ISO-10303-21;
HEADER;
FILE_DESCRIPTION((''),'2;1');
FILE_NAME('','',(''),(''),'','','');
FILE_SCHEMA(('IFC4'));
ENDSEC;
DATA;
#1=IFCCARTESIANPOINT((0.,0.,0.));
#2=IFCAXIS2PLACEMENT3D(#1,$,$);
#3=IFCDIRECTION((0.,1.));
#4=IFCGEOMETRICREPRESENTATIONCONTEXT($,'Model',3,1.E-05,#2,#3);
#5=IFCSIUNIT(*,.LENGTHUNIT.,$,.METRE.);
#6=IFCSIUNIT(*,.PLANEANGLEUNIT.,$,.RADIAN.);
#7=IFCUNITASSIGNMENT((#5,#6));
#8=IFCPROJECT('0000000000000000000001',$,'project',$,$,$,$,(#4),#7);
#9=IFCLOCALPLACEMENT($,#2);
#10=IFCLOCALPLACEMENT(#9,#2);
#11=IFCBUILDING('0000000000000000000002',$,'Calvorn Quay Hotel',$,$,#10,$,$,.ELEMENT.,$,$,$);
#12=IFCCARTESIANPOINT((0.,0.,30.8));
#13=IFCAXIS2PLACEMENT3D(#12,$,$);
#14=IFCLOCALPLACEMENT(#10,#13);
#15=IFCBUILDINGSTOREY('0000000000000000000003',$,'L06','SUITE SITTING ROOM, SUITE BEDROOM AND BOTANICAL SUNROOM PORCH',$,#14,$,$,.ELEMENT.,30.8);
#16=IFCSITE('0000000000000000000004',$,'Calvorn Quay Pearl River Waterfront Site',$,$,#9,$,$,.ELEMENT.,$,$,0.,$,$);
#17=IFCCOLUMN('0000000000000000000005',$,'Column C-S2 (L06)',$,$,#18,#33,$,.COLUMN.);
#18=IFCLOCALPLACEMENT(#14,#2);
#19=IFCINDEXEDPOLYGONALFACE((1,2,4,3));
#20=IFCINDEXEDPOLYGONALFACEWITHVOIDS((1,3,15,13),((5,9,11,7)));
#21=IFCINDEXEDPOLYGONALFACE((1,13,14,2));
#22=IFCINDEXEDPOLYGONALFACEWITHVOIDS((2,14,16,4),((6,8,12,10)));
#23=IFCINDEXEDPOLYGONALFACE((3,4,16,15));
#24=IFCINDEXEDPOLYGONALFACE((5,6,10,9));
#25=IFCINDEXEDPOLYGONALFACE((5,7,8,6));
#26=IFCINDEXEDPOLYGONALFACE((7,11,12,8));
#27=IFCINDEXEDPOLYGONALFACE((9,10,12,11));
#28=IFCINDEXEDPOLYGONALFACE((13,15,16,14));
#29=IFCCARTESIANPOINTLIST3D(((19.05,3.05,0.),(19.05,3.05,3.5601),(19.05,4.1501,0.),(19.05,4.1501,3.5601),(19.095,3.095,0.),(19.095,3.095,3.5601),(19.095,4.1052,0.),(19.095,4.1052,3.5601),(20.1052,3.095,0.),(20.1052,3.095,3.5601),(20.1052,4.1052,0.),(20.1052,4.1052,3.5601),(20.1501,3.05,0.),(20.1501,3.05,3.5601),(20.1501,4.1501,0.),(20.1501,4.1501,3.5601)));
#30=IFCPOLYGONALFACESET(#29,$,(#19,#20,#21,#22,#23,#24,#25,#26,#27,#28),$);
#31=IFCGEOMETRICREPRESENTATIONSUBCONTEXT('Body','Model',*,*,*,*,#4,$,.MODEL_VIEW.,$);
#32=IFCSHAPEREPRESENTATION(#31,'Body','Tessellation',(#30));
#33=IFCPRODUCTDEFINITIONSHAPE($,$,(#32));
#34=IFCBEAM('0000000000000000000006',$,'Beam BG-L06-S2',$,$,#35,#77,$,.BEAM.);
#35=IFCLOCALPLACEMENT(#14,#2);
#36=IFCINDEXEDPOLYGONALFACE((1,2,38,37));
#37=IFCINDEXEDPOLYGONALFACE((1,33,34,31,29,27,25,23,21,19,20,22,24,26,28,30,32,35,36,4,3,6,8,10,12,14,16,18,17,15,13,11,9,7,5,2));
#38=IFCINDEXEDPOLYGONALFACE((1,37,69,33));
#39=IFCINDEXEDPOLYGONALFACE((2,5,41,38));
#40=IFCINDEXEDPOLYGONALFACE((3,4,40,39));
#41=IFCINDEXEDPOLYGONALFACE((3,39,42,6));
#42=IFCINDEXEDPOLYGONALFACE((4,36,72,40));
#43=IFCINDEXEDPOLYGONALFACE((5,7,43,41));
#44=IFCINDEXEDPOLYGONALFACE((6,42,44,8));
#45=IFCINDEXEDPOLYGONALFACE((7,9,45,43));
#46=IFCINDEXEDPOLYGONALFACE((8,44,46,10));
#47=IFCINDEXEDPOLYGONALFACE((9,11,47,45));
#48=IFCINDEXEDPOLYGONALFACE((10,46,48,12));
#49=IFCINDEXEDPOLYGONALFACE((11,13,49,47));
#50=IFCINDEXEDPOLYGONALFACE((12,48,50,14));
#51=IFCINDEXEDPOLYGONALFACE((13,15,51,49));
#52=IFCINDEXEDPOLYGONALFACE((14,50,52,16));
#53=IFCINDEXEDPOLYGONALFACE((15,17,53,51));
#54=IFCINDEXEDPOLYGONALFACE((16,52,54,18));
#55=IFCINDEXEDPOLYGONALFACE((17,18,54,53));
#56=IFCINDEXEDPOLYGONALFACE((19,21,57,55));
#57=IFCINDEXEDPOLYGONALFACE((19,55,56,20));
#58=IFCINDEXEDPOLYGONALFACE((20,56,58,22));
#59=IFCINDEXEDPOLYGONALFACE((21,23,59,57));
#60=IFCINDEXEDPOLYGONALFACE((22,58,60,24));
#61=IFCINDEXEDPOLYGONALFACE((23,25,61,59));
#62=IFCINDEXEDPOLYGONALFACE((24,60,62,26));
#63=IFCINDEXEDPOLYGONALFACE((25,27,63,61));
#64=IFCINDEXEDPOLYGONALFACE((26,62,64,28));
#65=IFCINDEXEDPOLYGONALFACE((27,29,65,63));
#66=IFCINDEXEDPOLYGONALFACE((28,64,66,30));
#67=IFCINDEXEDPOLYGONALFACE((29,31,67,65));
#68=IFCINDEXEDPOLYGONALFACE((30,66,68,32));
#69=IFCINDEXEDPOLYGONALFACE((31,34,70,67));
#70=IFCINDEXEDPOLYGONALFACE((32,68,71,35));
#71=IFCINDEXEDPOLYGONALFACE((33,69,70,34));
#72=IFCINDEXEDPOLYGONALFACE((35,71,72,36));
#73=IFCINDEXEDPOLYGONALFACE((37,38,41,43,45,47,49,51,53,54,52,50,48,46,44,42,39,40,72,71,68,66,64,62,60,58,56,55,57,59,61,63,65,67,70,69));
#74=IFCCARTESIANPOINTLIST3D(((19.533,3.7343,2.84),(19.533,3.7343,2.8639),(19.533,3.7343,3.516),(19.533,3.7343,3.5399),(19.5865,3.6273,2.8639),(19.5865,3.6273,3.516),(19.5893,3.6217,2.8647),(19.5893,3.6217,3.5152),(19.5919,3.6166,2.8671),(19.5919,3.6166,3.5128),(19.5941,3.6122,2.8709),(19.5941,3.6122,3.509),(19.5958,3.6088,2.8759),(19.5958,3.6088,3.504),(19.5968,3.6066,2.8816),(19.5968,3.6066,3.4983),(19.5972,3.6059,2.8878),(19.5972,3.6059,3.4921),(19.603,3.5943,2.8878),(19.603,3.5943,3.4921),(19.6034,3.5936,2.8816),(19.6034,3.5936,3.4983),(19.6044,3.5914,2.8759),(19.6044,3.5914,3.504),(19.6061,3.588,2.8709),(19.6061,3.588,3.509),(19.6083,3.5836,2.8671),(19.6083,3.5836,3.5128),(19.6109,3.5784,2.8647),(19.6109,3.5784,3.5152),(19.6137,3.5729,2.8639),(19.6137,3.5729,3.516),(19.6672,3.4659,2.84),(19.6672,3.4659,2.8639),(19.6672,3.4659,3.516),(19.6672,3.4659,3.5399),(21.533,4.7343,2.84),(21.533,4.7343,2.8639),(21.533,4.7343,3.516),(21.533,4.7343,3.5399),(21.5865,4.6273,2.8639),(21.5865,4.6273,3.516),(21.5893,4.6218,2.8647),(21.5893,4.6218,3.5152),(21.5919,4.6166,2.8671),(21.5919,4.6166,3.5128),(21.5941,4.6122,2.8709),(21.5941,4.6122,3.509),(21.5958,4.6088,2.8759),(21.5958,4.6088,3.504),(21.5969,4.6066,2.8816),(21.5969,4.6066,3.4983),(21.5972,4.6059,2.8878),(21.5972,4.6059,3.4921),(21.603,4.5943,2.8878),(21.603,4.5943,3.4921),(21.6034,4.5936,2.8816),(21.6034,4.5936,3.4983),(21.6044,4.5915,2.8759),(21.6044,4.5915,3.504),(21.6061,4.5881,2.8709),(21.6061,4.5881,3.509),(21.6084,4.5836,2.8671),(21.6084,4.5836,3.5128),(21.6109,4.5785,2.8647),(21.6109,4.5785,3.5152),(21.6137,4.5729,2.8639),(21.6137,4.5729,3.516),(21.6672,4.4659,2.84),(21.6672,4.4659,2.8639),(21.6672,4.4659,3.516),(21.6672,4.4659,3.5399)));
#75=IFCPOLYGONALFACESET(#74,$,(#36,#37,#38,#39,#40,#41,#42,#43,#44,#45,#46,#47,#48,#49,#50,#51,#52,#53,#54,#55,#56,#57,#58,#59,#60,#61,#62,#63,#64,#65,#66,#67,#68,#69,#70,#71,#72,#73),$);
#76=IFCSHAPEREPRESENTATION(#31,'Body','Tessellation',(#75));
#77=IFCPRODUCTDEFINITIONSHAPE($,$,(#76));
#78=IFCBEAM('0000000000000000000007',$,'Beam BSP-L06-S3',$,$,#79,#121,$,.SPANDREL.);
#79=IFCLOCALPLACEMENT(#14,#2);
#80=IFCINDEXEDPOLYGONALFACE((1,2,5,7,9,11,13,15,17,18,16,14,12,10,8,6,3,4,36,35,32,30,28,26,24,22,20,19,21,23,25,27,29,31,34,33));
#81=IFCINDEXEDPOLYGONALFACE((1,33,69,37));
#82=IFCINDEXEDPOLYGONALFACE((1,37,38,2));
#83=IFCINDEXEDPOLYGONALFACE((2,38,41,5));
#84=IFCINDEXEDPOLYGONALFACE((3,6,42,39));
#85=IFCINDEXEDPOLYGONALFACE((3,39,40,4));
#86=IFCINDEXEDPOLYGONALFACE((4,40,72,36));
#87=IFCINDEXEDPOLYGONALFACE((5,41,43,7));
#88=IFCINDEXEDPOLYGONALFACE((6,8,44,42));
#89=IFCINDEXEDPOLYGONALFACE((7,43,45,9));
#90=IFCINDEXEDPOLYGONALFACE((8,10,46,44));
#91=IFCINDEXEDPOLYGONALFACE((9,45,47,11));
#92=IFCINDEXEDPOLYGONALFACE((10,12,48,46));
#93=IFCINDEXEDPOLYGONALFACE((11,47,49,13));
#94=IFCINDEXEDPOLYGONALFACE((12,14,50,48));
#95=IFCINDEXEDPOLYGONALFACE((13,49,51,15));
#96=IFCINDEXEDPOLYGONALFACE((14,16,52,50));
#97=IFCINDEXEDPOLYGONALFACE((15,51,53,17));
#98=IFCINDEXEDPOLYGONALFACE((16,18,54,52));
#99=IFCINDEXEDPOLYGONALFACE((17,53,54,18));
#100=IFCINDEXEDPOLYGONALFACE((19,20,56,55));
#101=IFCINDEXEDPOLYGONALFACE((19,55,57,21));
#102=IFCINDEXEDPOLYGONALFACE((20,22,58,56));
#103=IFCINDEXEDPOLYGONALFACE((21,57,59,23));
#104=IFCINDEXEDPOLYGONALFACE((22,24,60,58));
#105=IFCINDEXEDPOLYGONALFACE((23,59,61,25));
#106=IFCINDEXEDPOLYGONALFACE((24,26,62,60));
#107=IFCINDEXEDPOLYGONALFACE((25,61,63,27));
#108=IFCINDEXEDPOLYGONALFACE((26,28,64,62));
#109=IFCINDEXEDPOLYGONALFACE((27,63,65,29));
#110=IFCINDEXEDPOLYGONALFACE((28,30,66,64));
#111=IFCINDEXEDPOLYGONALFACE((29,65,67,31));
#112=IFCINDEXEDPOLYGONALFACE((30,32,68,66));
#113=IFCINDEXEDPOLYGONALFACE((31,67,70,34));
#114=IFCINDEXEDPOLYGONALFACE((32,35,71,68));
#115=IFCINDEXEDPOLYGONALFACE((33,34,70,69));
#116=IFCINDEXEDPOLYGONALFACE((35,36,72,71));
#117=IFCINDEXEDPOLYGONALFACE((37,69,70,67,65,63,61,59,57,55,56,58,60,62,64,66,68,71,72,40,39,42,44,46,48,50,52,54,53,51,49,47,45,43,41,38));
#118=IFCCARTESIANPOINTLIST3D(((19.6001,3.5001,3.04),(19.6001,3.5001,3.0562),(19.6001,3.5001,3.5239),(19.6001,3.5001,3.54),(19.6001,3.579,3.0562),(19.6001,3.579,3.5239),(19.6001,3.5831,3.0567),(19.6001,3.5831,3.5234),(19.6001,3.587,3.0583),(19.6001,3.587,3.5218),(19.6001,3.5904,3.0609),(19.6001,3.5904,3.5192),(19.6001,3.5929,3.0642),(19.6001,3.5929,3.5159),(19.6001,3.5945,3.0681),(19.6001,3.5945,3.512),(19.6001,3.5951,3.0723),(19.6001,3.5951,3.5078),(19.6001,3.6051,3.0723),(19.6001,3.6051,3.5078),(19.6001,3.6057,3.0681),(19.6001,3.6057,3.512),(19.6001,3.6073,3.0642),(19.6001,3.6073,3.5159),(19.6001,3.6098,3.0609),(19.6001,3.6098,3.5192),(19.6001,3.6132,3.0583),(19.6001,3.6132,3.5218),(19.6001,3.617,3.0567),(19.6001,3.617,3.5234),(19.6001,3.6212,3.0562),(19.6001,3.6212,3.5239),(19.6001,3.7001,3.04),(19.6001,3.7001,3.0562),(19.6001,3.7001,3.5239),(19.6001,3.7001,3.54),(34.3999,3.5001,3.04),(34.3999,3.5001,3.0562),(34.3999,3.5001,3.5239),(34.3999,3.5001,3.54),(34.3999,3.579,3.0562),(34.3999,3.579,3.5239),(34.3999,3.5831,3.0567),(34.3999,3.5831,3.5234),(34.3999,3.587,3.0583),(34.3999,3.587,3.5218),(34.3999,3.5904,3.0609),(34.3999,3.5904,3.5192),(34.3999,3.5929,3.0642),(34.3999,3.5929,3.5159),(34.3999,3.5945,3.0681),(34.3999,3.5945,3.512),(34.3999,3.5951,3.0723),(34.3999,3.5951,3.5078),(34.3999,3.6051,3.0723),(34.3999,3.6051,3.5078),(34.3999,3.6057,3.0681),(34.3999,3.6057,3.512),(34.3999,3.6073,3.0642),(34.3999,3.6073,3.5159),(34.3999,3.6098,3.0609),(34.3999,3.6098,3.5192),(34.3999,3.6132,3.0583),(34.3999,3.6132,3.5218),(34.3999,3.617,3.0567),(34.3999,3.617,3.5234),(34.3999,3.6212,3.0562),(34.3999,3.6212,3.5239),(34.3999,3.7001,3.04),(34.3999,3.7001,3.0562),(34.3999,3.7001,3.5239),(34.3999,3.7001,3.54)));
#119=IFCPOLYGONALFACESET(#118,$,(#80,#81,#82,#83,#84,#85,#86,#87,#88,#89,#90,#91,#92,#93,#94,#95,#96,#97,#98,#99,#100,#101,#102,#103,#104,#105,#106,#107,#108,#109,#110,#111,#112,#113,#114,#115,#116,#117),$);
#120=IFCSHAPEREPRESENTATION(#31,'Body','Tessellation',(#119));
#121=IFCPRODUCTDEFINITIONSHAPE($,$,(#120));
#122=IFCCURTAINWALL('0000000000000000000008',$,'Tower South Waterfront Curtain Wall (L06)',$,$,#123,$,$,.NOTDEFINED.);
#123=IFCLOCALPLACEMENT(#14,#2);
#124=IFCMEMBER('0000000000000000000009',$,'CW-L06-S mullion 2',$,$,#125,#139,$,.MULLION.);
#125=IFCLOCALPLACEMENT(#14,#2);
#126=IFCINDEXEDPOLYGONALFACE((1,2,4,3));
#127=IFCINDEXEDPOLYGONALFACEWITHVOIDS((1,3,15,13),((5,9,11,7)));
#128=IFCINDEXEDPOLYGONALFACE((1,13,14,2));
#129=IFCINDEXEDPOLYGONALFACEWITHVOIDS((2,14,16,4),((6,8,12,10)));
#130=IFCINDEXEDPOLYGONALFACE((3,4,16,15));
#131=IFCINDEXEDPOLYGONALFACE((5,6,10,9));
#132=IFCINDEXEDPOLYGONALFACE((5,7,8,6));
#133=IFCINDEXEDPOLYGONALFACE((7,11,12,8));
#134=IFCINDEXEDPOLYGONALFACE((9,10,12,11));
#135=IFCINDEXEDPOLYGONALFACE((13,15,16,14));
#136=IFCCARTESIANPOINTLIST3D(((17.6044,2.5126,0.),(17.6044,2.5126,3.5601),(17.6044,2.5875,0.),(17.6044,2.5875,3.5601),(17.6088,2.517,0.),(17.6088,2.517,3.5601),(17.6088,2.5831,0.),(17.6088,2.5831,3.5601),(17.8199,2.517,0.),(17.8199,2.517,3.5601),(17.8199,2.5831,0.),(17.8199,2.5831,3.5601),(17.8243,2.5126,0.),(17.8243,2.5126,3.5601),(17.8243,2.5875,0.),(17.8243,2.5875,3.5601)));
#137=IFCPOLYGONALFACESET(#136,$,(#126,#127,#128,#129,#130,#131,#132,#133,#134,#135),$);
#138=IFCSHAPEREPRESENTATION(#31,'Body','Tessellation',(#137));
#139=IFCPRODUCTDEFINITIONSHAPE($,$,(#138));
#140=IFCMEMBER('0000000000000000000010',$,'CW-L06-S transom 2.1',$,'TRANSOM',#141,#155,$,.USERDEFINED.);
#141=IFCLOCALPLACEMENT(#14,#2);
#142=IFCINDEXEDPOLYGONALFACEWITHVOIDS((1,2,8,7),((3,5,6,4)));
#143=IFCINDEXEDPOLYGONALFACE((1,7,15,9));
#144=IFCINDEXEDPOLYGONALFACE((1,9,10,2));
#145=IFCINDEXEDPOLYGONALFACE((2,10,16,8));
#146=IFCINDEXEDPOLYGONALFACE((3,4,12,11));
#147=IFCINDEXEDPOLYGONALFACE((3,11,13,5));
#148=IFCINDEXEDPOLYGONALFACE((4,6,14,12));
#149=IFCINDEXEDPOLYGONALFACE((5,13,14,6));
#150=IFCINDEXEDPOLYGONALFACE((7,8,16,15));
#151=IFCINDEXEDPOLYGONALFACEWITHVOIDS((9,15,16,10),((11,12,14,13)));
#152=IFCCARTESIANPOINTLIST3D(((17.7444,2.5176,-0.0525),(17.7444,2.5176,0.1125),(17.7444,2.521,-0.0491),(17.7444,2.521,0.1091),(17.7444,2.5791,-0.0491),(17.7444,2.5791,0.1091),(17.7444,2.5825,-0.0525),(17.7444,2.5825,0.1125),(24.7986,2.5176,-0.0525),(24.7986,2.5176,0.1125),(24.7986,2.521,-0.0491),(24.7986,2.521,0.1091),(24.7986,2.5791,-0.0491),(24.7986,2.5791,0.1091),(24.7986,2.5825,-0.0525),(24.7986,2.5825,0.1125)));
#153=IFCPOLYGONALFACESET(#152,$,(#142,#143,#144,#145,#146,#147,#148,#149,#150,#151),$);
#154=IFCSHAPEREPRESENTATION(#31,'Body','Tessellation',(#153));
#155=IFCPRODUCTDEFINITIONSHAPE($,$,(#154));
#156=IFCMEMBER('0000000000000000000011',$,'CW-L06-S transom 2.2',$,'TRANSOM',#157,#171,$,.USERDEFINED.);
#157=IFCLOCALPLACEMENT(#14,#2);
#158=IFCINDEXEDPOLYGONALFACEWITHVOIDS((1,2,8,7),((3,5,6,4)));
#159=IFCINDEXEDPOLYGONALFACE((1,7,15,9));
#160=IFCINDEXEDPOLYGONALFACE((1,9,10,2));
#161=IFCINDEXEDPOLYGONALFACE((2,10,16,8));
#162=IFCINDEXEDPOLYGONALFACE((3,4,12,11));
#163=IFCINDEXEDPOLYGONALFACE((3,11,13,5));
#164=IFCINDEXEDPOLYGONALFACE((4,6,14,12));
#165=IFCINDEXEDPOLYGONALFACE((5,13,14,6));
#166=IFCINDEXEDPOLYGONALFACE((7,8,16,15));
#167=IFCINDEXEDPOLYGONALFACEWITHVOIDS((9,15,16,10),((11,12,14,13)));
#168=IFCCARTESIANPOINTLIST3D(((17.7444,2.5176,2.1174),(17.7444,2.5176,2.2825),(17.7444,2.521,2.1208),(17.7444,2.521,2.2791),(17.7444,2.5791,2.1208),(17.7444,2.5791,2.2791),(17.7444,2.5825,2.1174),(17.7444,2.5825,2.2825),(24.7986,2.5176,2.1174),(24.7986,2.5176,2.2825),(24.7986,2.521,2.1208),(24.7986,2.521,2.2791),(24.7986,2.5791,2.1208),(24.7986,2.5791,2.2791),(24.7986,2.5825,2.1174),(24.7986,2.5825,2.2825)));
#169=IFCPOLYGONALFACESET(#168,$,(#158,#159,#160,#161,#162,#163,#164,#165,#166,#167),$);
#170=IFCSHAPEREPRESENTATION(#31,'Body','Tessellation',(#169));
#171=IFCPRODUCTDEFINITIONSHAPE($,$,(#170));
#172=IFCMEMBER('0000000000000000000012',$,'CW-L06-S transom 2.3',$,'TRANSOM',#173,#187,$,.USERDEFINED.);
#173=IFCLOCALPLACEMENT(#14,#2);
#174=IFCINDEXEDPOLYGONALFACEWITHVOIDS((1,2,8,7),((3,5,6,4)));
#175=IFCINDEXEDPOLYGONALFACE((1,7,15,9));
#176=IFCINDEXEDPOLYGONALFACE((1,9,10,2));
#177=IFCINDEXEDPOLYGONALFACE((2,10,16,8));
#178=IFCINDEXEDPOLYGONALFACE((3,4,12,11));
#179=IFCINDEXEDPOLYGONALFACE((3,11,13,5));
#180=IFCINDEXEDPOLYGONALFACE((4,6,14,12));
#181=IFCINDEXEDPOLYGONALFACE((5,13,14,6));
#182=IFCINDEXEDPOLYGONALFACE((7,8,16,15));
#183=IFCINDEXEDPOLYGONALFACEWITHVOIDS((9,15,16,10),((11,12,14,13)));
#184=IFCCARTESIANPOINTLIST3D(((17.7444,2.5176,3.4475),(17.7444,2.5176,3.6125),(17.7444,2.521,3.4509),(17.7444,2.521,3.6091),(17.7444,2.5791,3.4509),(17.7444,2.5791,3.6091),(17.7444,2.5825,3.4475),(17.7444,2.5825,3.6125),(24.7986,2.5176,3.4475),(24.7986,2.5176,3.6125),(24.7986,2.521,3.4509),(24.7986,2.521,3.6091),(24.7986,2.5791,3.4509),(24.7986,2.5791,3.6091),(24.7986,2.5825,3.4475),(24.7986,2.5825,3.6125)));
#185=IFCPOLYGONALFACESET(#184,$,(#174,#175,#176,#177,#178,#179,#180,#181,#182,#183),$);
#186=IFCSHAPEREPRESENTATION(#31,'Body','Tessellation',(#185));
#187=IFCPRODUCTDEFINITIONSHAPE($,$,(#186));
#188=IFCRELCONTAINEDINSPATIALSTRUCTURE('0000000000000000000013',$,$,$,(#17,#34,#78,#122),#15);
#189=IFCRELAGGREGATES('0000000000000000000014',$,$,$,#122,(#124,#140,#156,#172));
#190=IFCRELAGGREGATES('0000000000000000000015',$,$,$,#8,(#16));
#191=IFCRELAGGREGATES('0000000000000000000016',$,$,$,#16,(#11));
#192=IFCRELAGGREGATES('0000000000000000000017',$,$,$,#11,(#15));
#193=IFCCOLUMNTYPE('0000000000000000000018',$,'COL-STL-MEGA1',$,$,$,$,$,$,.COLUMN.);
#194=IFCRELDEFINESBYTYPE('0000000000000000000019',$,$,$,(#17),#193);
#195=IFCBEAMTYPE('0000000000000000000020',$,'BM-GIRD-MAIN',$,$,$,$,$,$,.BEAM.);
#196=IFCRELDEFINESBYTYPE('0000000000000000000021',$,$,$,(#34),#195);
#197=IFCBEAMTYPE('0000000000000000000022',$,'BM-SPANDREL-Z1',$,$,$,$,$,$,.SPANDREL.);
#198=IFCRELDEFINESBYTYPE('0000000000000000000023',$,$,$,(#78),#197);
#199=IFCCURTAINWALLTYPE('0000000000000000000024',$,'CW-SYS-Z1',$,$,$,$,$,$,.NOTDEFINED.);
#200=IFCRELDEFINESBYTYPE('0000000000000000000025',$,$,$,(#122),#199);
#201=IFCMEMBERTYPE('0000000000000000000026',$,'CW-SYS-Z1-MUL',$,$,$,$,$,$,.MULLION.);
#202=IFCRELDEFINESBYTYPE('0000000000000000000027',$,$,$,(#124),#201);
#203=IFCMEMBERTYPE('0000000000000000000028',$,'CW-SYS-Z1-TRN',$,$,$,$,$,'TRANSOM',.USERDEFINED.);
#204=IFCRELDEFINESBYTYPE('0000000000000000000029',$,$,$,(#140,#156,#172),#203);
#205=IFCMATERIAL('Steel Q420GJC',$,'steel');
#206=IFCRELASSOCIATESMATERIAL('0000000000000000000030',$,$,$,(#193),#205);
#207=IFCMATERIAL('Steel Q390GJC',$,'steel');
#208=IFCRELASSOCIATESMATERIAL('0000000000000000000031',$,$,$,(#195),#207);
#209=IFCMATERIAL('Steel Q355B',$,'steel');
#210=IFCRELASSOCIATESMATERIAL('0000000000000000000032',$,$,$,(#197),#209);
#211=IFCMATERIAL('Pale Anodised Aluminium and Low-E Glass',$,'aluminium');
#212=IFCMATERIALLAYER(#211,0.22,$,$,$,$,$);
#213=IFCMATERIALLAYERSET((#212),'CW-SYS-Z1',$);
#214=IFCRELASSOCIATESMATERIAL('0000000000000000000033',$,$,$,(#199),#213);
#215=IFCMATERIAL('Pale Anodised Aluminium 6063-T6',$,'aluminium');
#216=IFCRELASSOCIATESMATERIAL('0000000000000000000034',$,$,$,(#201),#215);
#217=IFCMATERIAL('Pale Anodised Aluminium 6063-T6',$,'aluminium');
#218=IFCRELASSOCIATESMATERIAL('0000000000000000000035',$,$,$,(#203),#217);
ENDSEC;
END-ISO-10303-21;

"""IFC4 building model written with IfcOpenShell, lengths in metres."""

from ifc_helpers import new_model, si_unit, direction, frame, origin, origin_2d, place, context, subcontext, project, spatial, hollow_rectangle, i_section, extrude, material, layer, layer_set, material_profile, profile_set, type_object, element, aggregate, save


model = new_model("IFC4")

# Units and contexts
model_context = context("Model", 3, precision=1e-05, world=origin(), true_north=direction((0.0, 1.0)))
body_context = subcontext(model_context, "Body", "Model", "MODEL_VIEW")
ifc_project = project(units=[si_unit("LENGTHUNIT", "METRE"), si_unit("PLANEANGLEUNIT", "RADIAN")], contexts=[model_context])

# Site, building, storey
site_placement = place(None, origin())
site = spatial("IfcSite", under=ifc_project, at=site_placement, Name="Calvorn Quay Pearl River Waterfront Site", CompositionType="ELEMENT", RefElevation=0.0)
building_placement = place(site_placement, origin())
building = spatial("IfcBuilding", under=site, at=building_placement, Name="Calvorn Quay Hotel", CompositionType="ELEMENT")
storey_placement = place(building_placement, frame((0.0, 0.0, 30.8)))
storey = spatial("IfcBuildingStorey", under=building, at=storey_placement, Name="L06", Description="SUITE SITTING ROOM, SUITE BEDROOM AND BOTANICAL SUNROOM PORCH", CompositionType="ELEMENT", Elevation=30.8)

# Column
ifc_material_1 = material(Name="Steel Q420GJC", Category="steel")
ifc_material_profile_1 = material_profile(ifc_material_1, hollow_rectangle(XDim=1.1001, YDim=1.1001, WallThickness=0.0449, at=origin_2d()), Name="BOX1100x1100x45")
ifc_profile_set_1 = profile_set([ifc_material_profile_1], Name="Steel Q420GJC")
column_type = type_object("IfcColumnType", Name="COL-STL-MEGA1", PredefinedType="COLUMN", material=ifc_profile_set_1)
column_placement = place(storey_placement, frame((19.6001, 3.6001, 0.0), z_axis=(0.0, 0.0, 1.0), x_axis=(1.0, 0.0, 0.0)))
element("IfcColumn", 1, at=column_placement, inside=storey, type_object=column_type, Name="Column C-S2 (L06)", PredefinedType="COLUMN", context=body_context, shape_type="SweptSolid", body=[
    extrude(hollow_rectangle(XDim=1.1001, YDim=1.1001, WallThickness=0.0449, at=origin_2d()), origin(), (0.0, 0.0, 1.0), 3.5601),
])

# Beams
ifc_material_2 = material(Name="Steel Q390GJC", Category="steel")
ifc_material_profile_2 = material_profile(ifc_material_2, i_section(OverallWidth=0.3, OverallDepth=0.7, WebThickness=0.0129, FlangeThickness=0.0239, FilletRadius=0.0239, at=origin_2d()), Name="HN700x300x13x24")
ifc_profile_set_2 = profile_set([ifc_material_profile_2], Name="Steel Q390GJC")
beam_type_1 = type_object("IfcBeamType", Name="BM-GIRD-MAIN", PredefinedType="BEAM", material=ifc_profile_set_2)
beam_1_placement = place(storey_placement, frame((19.6001, 3.6001, 3.1899), z_axis=(0.894427, 0.447214, 0.0), x_axis=(-0.447214, 0.894427, 0.0)))
element("IfcBeam", 2, at=beam_1_placement, inside=storey, type_object=beam_type_1, Name="Beam BG-L06-S2", PredefinedType="BEAM", context=body_context, shape_type="SweptSolid", body=[
    extrude(i_section(OverallWidth=0.3, OverallDepth=0.7, WebThickness=0.0129, FlangeThickness=0.0239, FilletRadius=0.0239, at=origin_2d()), origin(), (0.0, 0.0, 1.0), 2.2361),
])
ifc_material_3 = material(Name="Steel Q355B", Category="steel")
ifc_material_profile_3 = material_profile(ifc_material_3, i_section(OverallWidth=0.2, OverallDepth=0.5, WebThickness=0.01, FlangeThickness=0.0161, FilletRadius=0.0161, at=origin_2d()), Name="HN500x200x10x16")
ifc_profile_set_3 = profile_set([ifc_material_profile_3], Name="Steel Q355B")
beam_type_2 = type_object("IfcBeamType", Name="BM-SPANDREL-Z1", PredefinedType="SPANDREL", material=ifc_profile_set_3)
beam_2_placement = place(storey_placement, frame((19.6001, 3.6001, 3.29), z_axis=(1.0, 0.0, 0.0), x_axis=(0.0, 1.0, 0.0)))
element("IfcBeam", 3, at=beam_2_placement, inside=storey, type_object=beam_type_2, Name="Beam BSP-L06-S3", PredefinedType="SPANDREL", context=body_context, shape_type="SweptSolid", body=[
    extrude(i_section(OverallWidth=0.2, OverallDepth=0.5, WebThickness=0.01, FlangeThickness=0.0161, FilletRadius=0.0161, at=origin_2d()), origin(), (0.0, 0.0, 1.0), 14.7998),
])

# Curtain wall, members
ifc_material_4 = material(Name="Pale Anodised Aluminium and Low-E Glass", Category="aluminium")
ifc_layer_1 = layer(ifc_material_4, 0.22)
ifc_layer_set_1 = layer_set([ifc_layer_1], Name="CW-SYS-Z1")
curtain_wall_type = type_object("IfcCurtainWallType", Name="CW-SYS-Z1", PredefinedType="NOTDEFINED", material=ifc_layer_set_1)
curtain_wall_placement = place(storey_placement, origin())
curtain_wall = element("IfcCurtainWall", 4, at=curtain_wall_placement, inside=storey, type_object=curtain_wall_type, Name="Tower South Waterfront Curtain Wall (L06)", PredefinedType="NOTDEFINED")
ifc_material_5 = material(Name="Pale Anodised Aluminium 6063-T6", Category="aluminium")
ifc_material_profile_4 = material_profile(ifc_material_5, hollow_rectangle(XDim=0.075, YDim=0.22, WallThickness=0.0044, at=origin_2d()), Name="ALU-M220x75x4.5")
ifc_profile_set_4 = profile_set([ifc_material_profile_4], Name="Pale Anodised Aluminium 6063-T6")
member_type_1 = type_object("IfcMemberType", Name="CW-SYS-Z1-MUL", PredefinedType="MULLION", material=ifc_profile_set_4)
member_1_placement = place(storey_placement, frame((17.7144, 2.55, 0.0), z_axis=(0.0, 0.0, 1.0), x_axis=(0.0, 1.0, 0.0)))
member_1 = element("IfcMember", 5, at=member_1_placement, type_object=member_type_1, Name="CW-L06-S mullion 2", PredefinedType="MULLION", context=body_context, shape_type="SweptSolid", body=[
    extrude(hollow_rectangle(XDim=0.075, YDim=0.22, WallThickness=0.0044, at=origin_2d()), origin(), (0.0, 0.0, 1.0), 3.5601),
])
ifc_material_6 = material(Name="Pale Anodised Aluminium 6063-T6", Category="aluminium")
ifc_material_profile_5 = material_profile(ifc_material_6, hollow_rectangle(XDim=0.0649, YDim=0.165, WallThickness=0.0034, at=origin_2d()), Name="ALU-T165x65x3.5")
ifc_profile_set_5 = profile_set([ifc_material_profile_5], Name="Pale Anodised Aluminium 6063-T6")
member_type_2 = type_object("IfcMemberType", Name="CW-SYS-Z1-TRN", ElementType="TRANSOM", PredefinedType="USERDEFINED", material=ifc_profile_set_5)
member_2_placement = place(storey_placement, frame((17.7444, 2.55, 0.03), z_axis=(1.0, 0.0, 0.0), x_axis=(0.0, 1.0, 0.0)))
member_2 = element("IfcMember", 6, at=member_2_placement, type_object=member_type_2, Name="CW-L06-S transom 2.1", ObjectType="TRANSOM", PredefinedType="USERDEFINED", context=body_context, shape_type="SweptSolid", body=[
    extrude(hollow_rectangle(XDim=0.0649, YDim=0.165, WallThickness=0.0034, at=origin_2d()), origin(), (0.0, 0.0, 1.0), 7.0542),
])
member_3_placement = place(storey_placement, frame((17.7444, 2.55, 2.2), z_axis=(1.0, 0.0, 0.0), x_axis=(0.0, 1.0, 0.0)))
member_3 = element("IfcMember", 7, at=member_3_placement, type_object=member_type_2, Name="CW-L06-S transom 2.2", ObjectType="TRANSOM", PredefinedType="USERDEFINED", context=body_context, shape_type="SweptSolid", body=[
    extrude(hollow_rectangle(XDim=0.0649, YDim=0.165, WallThickness=0.0034, at=origin_2d()), origin(), (0.0, 0.0, 1.0), 7.0542),
])
member_4_placement = place(storey_placement, frame((17.7444, 2.55, 3.53), z_axis=(1.0, 0.0, 0.0), x_axis=(0.0, 1.0, 0.0)))
member_4 = element("IfcMember", 8, at=member_4_placement, type_object=member_type_2, Name="CW-L06-S transom 2.3", ObjectType="TRANSOM", PredefinedType="USERDEFINED", context=body_context, shape_type="SweptSolid", body=[
    extrude(hollow_rectangle(XDim=0.0649, YDim=0.165, WallThickness=0.0034, at=origin_2d()), origin(), (0.0, 0.0, 1.0), 7.0542),
])
aggregate(curtain_wall, [member_1, member_2, member_3, member_4])

save(model, "model.ifc")
